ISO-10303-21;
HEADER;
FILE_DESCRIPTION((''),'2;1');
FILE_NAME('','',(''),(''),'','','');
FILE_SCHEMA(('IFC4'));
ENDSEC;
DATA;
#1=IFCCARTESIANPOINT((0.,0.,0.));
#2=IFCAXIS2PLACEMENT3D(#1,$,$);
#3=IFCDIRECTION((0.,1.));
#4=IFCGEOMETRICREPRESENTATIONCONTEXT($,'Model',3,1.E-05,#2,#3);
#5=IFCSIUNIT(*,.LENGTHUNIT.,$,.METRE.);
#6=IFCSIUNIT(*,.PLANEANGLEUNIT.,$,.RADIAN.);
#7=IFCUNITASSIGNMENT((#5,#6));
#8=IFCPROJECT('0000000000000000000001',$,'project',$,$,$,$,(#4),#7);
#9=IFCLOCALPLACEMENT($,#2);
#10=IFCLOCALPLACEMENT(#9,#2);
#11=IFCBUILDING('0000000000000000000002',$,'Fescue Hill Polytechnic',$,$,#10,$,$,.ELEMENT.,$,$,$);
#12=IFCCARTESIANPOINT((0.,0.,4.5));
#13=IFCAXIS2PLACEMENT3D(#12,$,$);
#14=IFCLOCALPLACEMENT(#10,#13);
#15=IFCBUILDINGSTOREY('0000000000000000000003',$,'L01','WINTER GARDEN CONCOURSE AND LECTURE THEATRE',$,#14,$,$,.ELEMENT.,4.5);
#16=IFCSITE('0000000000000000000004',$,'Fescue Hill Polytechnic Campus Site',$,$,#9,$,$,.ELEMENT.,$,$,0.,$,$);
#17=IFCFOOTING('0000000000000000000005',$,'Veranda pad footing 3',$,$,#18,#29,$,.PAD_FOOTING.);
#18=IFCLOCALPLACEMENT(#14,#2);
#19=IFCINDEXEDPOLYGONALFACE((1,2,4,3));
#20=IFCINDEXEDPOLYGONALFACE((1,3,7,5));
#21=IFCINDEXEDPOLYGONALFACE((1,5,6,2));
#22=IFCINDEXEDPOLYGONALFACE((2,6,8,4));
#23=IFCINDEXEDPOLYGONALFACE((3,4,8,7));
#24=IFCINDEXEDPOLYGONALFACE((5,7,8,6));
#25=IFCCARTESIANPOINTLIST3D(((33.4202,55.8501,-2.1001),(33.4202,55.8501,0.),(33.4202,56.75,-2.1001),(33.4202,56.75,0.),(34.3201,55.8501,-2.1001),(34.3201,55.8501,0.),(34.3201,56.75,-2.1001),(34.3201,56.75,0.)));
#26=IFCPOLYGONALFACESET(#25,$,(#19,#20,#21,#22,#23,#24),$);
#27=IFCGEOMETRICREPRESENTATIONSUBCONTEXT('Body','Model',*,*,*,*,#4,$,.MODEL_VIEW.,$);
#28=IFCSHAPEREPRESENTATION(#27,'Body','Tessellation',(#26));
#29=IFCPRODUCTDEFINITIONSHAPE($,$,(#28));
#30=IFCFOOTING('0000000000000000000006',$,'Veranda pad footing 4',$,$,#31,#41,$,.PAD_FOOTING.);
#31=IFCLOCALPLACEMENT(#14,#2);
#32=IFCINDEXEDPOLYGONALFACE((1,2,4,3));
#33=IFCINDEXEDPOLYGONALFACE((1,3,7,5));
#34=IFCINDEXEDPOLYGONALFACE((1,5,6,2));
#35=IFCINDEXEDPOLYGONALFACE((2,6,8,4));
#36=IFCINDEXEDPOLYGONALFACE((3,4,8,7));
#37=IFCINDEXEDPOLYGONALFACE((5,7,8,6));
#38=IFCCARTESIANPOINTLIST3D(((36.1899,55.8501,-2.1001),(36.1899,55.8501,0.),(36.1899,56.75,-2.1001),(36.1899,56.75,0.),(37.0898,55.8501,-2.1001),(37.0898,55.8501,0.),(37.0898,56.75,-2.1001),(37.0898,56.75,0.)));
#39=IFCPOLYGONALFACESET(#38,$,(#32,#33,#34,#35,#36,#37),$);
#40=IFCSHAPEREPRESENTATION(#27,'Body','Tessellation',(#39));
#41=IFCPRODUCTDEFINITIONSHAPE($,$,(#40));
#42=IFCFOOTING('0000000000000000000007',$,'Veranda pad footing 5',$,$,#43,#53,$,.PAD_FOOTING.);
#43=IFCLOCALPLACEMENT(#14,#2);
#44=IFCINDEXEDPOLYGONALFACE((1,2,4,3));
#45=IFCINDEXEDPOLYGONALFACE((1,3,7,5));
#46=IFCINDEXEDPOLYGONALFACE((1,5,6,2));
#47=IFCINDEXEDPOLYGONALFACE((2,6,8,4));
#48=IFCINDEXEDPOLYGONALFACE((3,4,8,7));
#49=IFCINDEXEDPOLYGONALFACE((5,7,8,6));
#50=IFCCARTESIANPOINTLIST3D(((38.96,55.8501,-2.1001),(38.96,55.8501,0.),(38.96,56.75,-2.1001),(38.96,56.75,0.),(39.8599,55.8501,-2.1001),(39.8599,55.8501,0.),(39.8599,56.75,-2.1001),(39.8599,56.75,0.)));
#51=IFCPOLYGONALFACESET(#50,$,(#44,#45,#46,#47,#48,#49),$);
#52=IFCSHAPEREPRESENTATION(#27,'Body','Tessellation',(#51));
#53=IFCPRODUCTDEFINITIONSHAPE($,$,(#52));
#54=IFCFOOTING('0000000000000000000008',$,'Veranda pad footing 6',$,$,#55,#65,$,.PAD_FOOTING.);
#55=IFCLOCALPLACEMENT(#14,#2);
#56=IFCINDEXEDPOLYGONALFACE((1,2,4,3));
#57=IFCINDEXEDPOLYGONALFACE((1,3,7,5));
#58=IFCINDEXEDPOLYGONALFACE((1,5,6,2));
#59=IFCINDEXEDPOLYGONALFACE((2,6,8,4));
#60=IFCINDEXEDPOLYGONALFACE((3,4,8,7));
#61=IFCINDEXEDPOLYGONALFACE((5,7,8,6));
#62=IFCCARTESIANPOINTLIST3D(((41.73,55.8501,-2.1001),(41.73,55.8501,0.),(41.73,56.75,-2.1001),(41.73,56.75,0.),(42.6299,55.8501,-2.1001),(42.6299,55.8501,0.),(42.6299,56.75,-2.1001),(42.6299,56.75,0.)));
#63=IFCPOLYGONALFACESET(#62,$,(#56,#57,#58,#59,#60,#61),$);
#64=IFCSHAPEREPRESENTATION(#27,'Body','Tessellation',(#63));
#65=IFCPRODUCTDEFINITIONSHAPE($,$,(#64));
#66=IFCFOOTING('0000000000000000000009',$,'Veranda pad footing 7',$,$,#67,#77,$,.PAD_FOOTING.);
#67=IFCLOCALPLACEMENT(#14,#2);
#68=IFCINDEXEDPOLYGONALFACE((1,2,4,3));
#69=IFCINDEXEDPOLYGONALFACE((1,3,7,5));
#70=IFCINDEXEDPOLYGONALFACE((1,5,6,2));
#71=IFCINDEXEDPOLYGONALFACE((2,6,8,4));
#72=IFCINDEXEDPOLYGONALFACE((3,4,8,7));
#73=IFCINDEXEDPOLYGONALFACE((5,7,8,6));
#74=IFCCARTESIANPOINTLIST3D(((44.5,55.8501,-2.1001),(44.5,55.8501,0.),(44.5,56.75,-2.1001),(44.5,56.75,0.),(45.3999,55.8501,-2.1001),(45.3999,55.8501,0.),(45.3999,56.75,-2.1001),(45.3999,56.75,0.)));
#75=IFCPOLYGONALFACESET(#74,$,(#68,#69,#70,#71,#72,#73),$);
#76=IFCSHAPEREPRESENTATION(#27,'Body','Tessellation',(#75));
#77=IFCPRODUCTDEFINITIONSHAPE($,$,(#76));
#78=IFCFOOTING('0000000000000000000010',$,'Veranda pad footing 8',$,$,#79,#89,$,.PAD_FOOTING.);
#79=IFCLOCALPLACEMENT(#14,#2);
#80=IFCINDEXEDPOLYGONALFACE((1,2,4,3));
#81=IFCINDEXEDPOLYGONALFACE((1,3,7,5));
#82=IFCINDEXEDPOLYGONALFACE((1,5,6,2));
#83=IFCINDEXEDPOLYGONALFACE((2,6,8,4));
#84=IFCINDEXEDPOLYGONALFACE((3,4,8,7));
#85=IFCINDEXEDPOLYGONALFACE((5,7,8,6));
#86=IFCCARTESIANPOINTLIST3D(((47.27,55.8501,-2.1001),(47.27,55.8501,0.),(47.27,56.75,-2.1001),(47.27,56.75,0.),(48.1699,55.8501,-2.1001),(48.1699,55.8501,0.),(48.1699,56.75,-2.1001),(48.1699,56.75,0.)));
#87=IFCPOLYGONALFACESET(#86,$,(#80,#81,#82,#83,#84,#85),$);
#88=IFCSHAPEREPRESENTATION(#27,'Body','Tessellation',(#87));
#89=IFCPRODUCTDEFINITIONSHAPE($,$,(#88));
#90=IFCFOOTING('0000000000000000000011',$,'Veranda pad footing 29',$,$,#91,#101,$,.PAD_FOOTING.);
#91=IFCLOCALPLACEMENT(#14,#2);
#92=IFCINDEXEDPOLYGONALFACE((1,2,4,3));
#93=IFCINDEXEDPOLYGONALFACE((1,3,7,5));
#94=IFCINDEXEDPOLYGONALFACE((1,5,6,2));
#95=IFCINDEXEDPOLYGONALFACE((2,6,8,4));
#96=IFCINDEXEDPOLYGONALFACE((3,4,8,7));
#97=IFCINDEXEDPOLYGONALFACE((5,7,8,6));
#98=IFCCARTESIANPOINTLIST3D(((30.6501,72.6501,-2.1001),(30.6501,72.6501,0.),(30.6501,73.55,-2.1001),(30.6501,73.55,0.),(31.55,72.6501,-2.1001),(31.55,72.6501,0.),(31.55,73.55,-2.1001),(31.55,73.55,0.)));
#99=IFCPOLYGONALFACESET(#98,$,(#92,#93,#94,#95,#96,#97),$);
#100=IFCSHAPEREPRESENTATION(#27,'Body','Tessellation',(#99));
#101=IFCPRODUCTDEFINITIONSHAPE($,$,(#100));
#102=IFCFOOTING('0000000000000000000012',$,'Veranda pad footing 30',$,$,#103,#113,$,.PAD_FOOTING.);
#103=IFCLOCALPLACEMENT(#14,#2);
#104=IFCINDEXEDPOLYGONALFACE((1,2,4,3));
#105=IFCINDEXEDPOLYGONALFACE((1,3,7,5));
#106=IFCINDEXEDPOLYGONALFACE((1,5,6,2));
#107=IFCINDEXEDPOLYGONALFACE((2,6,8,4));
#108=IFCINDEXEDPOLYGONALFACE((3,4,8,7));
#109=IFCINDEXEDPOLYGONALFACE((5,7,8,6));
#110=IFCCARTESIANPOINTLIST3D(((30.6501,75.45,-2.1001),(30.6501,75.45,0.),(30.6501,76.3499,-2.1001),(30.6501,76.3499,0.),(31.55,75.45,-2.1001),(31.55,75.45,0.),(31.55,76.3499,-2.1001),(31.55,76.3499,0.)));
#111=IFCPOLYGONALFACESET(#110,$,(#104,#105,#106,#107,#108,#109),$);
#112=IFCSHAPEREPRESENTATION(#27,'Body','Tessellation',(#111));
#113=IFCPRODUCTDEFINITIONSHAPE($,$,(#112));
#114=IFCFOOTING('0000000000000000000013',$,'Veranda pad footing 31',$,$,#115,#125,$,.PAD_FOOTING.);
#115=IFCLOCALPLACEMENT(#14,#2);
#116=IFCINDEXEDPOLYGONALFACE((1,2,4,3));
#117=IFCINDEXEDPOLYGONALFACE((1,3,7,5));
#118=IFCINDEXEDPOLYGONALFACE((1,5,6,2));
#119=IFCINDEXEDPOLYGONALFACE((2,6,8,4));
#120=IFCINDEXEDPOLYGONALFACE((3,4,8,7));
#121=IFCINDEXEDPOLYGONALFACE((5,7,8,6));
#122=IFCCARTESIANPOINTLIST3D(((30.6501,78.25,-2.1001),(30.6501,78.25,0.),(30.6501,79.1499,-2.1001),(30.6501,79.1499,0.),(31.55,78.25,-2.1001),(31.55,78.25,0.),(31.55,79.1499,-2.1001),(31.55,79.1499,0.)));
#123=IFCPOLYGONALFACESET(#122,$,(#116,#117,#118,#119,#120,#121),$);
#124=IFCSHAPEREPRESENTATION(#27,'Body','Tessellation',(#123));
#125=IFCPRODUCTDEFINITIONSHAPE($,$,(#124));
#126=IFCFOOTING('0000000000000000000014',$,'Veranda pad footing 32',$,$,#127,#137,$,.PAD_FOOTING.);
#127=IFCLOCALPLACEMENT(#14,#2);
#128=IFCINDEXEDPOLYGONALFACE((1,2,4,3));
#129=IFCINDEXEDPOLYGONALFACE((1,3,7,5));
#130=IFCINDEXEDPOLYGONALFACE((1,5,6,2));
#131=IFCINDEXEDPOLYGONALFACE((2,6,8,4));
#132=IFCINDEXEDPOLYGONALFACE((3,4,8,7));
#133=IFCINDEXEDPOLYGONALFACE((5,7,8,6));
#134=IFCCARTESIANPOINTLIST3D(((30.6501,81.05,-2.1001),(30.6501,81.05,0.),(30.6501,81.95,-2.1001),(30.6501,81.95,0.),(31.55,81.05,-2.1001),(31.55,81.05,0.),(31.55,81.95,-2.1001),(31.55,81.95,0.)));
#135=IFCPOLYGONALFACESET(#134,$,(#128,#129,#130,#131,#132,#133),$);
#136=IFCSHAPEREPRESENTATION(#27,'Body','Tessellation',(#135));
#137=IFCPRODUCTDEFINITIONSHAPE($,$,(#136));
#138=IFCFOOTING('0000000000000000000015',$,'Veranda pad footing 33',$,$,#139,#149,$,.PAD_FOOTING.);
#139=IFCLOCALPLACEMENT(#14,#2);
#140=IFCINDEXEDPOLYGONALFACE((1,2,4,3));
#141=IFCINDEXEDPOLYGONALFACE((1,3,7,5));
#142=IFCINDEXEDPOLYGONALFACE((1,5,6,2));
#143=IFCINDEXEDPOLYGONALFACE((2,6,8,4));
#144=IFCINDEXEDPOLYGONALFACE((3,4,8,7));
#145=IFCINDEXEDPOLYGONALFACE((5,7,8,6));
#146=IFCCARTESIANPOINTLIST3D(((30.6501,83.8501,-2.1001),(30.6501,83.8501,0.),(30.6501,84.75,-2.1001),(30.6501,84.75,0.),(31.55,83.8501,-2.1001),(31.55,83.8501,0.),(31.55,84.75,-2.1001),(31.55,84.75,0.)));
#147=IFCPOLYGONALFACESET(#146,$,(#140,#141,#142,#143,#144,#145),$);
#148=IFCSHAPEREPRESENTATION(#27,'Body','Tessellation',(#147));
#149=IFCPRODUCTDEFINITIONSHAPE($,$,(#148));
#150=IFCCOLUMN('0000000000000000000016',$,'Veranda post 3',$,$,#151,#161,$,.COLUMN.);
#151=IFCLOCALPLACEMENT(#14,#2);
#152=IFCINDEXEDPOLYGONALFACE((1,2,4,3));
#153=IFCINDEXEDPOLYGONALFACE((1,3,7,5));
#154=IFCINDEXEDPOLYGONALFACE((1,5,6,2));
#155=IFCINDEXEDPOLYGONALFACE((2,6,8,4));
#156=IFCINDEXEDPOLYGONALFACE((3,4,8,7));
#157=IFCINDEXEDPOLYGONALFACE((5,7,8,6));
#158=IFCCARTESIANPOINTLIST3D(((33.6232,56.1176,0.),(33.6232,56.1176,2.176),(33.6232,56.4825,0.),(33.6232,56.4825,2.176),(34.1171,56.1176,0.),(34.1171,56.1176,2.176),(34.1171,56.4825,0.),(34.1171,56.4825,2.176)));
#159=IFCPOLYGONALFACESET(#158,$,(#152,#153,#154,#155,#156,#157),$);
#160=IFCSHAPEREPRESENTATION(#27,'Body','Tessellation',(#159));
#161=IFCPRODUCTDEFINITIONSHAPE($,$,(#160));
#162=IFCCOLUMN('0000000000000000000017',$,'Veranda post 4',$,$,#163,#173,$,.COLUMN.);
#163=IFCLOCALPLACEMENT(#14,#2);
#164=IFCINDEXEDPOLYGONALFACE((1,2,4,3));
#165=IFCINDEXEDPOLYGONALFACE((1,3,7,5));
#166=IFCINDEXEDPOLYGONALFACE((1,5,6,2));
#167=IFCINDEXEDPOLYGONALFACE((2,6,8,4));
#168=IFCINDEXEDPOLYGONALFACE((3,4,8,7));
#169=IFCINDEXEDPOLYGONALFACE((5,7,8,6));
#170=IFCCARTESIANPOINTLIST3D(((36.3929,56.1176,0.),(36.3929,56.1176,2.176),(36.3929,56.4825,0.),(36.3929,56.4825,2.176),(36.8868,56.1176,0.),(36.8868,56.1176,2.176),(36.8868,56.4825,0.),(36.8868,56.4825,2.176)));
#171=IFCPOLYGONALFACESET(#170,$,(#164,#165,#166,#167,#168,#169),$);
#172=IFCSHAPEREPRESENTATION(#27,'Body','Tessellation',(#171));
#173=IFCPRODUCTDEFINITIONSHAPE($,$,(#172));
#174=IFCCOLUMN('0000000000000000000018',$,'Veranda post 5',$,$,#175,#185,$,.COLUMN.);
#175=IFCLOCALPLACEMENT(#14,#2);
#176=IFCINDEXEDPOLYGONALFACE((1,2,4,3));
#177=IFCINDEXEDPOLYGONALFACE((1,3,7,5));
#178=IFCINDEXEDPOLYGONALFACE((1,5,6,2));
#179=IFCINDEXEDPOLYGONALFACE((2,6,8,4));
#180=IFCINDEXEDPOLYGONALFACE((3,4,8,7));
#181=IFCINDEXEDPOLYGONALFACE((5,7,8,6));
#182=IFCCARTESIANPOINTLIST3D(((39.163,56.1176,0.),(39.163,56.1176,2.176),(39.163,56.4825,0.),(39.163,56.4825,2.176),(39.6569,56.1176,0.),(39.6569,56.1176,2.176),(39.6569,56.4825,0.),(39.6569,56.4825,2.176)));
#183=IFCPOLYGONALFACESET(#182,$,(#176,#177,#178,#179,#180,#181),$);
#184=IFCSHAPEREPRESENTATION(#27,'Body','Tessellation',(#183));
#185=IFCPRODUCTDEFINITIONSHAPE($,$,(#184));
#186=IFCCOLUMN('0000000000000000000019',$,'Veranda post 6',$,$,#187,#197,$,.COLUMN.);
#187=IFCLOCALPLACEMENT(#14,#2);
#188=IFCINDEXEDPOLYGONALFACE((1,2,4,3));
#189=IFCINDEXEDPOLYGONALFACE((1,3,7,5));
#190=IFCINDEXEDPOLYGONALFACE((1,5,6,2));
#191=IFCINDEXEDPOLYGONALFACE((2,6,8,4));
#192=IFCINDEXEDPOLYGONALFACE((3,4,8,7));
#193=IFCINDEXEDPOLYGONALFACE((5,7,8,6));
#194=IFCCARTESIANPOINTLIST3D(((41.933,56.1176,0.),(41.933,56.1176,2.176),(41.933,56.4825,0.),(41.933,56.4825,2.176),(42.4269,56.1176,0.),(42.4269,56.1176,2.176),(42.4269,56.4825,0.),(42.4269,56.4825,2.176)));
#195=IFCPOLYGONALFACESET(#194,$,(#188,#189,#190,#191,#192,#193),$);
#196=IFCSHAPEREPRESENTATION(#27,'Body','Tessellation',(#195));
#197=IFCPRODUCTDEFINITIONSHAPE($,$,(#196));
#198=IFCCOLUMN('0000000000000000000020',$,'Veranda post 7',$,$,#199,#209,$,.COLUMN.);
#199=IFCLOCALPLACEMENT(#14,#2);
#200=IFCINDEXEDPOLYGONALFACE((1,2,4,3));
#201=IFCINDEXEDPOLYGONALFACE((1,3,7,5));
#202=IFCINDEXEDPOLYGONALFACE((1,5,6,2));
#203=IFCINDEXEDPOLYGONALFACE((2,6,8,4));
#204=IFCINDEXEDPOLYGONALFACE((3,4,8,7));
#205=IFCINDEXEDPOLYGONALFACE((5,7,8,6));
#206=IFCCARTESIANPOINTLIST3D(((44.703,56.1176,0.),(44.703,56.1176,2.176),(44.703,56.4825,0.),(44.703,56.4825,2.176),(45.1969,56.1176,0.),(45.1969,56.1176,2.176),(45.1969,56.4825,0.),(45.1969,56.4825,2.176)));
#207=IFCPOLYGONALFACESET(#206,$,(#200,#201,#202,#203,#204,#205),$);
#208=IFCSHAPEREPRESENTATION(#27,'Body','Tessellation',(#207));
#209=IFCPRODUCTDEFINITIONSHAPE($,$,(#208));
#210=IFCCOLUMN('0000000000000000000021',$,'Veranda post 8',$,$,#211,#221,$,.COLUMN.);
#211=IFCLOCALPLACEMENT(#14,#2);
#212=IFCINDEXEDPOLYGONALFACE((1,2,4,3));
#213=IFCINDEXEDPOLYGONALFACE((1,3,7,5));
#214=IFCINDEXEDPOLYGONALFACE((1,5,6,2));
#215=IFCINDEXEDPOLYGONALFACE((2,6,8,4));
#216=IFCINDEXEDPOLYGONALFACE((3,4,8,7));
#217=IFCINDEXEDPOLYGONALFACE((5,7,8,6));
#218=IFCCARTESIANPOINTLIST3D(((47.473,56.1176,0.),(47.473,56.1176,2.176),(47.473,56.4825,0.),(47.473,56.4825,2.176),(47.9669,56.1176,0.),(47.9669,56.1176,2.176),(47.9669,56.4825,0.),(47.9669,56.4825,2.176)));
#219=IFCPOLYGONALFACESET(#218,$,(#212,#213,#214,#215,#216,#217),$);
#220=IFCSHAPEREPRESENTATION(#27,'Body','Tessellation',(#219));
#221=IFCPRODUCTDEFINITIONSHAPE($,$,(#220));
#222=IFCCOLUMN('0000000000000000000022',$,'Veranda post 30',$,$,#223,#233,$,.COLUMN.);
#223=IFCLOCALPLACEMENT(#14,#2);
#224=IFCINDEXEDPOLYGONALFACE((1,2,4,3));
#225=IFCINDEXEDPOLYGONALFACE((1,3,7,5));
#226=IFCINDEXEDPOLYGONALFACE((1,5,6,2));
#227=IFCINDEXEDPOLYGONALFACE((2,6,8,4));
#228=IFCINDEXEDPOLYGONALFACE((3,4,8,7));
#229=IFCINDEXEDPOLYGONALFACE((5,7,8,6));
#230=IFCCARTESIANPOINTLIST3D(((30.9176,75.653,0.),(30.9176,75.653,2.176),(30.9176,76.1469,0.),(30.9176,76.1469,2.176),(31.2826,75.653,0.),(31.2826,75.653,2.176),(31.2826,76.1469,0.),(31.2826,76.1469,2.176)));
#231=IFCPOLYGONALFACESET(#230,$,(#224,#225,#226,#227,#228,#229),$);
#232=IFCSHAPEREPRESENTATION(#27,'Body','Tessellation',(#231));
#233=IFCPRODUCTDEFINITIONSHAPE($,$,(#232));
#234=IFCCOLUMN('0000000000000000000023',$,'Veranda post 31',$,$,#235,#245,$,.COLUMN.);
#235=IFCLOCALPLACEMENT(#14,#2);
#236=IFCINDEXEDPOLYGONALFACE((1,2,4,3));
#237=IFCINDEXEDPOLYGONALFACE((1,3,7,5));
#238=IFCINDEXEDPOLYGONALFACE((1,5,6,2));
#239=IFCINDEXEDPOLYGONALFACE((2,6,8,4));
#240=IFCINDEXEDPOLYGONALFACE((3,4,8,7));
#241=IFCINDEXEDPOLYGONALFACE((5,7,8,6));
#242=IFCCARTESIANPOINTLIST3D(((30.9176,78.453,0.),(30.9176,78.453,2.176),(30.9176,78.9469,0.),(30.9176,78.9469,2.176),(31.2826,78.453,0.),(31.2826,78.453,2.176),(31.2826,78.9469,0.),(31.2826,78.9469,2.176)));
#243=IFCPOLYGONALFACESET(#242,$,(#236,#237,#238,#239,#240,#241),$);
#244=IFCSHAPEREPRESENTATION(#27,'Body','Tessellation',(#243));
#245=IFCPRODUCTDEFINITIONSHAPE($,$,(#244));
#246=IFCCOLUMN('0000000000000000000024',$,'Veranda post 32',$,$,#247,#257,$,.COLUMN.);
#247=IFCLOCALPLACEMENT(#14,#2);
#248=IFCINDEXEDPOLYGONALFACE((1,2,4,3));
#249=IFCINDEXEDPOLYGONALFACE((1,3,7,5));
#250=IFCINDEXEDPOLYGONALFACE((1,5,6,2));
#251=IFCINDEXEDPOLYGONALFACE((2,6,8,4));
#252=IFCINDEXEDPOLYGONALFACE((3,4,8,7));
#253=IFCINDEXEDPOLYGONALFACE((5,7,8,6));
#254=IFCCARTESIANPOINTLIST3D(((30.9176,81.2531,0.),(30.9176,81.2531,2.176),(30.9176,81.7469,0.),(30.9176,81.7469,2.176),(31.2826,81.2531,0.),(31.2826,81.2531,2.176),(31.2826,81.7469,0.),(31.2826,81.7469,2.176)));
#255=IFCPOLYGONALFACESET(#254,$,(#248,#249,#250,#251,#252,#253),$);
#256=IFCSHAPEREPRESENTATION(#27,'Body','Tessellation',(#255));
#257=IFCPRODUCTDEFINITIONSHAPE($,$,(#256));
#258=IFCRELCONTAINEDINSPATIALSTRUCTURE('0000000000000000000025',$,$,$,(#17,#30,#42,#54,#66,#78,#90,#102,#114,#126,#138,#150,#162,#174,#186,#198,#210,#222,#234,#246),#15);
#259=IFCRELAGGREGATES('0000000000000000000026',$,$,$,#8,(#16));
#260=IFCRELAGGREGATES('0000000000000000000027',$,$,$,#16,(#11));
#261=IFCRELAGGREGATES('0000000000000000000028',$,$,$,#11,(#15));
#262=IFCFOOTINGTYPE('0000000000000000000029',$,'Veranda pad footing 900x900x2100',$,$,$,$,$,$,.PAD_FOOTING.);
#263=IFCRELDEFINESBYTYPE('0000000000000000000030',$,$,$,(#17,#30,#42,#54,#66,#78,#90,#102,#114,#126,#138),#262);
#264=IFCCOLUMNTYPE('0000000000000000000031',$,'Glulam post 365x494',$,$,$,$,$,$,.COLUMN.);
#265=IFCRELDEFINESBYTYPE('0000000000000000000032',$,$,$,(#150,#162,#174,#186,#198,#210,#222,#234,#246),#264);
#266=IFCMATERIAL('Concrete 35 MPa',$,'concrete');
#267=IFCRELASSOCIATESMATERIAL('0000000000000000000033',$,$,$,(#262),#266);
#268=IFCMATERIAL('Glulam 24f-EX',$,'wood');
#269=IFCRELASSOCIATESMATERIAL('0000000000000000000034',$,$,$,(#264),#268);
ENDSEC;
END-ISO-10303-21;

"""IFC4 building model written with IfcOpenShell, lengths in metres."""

from ifc_helpers import new_model, si_unit, direction, frame, origin, origin_2d, place, context, subcontext, project, spatial, rectangle, extrude, material, material_profile, profile_set, type_object, element, save


model = new_model("IFC4")

# Units and contexts
model_context = context("Model", 3, precision=1e-05, world=origin(), true_north=direction((0.0, 1.0)))
body_context = subcontext(model_context, "Body", "Model", "MODEL_VIEW")
ifc_project = project(units=[si_unit("LENGTHUNIT", "METRE"), si_unit("PLANEANGLEUNIT", "RADIAN")], contexts=[model_context])

# Site, building, storey
site_placement = place(None, origin())
site = spatial("IfcSite", under=ifc_project, at=site_placement, Name="Fescue Hill Polytechnic Campus Site", CompositionType="ELEMENT", RefElevation=0.0)
building_placement = place(site_placement, origin())
building = spatial("IfcBuilding", under=site, at=building_placement, Name="Fescue Hill Polytechnic", CompositionType="ELEMENT")
storey_placement = place(building_placement, frame((0.0, 0.0, 4.5)))
storey = spatial("IfcBuildingStorey", under=building, at=storey_placement, Name="L01", Description="WINTER GARDEN CONCOURSE AND LECTURE THEATRE", CompositionType="ELEMENT", Elevation=4.5)

# Footings
ifc_material_1 = material(Name="Concrete 35 MPa", Category="concrete")
footing_type = type_object("IfcFootingType", Name="Veranda pad footing 900x900x2100", PredefinedType="PAD_FOOTING", material=ifc_material_1)
for number, where, z_axis, x_axis, name in (
    (1, (33.8701, 56.3, -2.1001), (0.0, 0.0, 1.0), (1.0, 0.0, 0.0), "Veranda pad footing 3"),
    (2, (36.6399, 56.3, -2.1001), (0.0, 0.0, 1.0), (1.0, 0.0, 0.0), "Veranda pad footing 4"),
    (3, (39.4099, 56.3, -2.1001), (0.0, 0.0, 1.0), (1.0, 0.0, 0.0), "Veranda pad footing 5"),
    (4, (42.1799, 56.3, -2.1001), (0.0, 0.0, 1.0), (1.0, 0.0, 0.0), "Veranda pad footing 6"),
    (5, (44.95, 56.3, -2.1001), (0.0, 0.0, 1.0), (1.0, 0.0, 0.0), "Veranda pad footing 7"),
    (6, (47.72, 56.3, -2.1001), (0.0, 0.0, 1.0), (1.0, 0.0, 0.0), "Veranda pad footing 8"),
    (7, (31.1001, 73.1001, -2.1001), (0.0, 0.0, 1.0), (1.0, 0.0, 0.0), "Veranda pad footing 29"),
    (8, (31.1001, 75.8999, -2.1001), (0.0, 0.0, 1.0), (1.0, 0.0, 0.0), "Veranda pad footing 30"),
    (9, (31.1001, 78.7, -2.1001), (0.0, 0.0, 1.0), (1.0, 0.0, 0.0), "Veranda pad footing 31"),
    (10, (31.1001, 81.5, -2.1001), (0.0, 0.0, 1.0), (1.0, 0.0, 0.0), "Veranda pad footing 32"),
    (11, (31.1001, 84.3, -2.1001), (0.0, 0.0, 1.0), (1.0, 0.0, 0.0), "Veranda pad footing 33"),
):
    element("IfcFooting", number, at=place(storey_placement, frame(where, z_axis=z_axis, x_axis=x_axis)), inside=storey, type_object=footing_type, Name=name, PredefinedType="PAD_FOOTING", context=body_context, shape_type="SweptSolid", body=[
        extrude(rectangle(XDim=0.8999, YDim=0.8999, at=origin_2d()), origin(), (0.0, 0.0, 1.0), 2.1001),
    ])

# Columns
ifc_material_2 = material(Name="Glulam 24f-EX", Category="wood")
ifc_material_profile_1 = material_profile(ifc_material_2, rectangle(XDim=0.365, YDim=0.4939, at=origin_2d()), Name="Glulam post 365x494")
ifc_profile_set_1 = profile_set([ifc_material_profile_1], Name="Glulam 24f-EX")
column_type = type_object("IfcColumnType", Name="Glulam post 365x494", PredefinedType="COLUMN", material=ifc_profile_set_1)
for number, where, z_axis, x_axis, name in (
    (12, (33.8701, 56.3, 0.0), (0.0, 0.0, 1.0), (0.0, 1.0, 0.0), "Veranda post 3"),
    (13, (36.6399, 56.3, 0.0), (0.0, 0.0, 1.0), (0.0, 1.0, 0.0), "Veranda post 4"),
    (14, (39.4099, 56.3, 0.0), (0.0, 0.0, 1.0), (0.0, 1.0, 0.0), "Veranda post 5"),
    (15, (42.1799, 56.3, 0.0), (0.0, 0.0, 1.0), (0.0, 1.0, 0.0), "Veranda post 6"),
    (16, (44.95, 56.3, 0.0), (0.0, 0.0, 1.0), (0.0, 1.0, 0.0), "Veranda post 7"),
    (17, (47.72, 56.3, 0.0), (0.0, 0.0, 1.0), (0.0, 1.0, 0.0), "Veranda post 8"),
    (18, (31.1001, 75.8999, 0.0), (0.0, 0.0, 1.0), (1.0, 0.0, 0.0), "Veranda post 30"),
    (19, (31.1001, 78.7, 0.0), (0.0, 0.0, 1.0), (1.0, 0.0, 0.0), "Veranda post 31"),
    (20, (31.1001, 81.5, 0.0), (0.0, 0.0, 1.0), (1.0, 0.0, 0.0), "Veranda post 32"),
):
    element("IfcColumn", number, at=place(storey_placement, frame(where, z_axis=z_axis, x_axis=x_axis)), inside=storey, type_object=column_type, Name=name, PredefinedType="COLUMN", context=body_context, shape_type="SweptSolid", body=[
        extrude(rectangle(XDim=0.365, YDim=0.4939, at=origin_2d()), origin(), (0.0, 0.0, 1.0), 2.176),
    ])

save(model, "model.ifc")
